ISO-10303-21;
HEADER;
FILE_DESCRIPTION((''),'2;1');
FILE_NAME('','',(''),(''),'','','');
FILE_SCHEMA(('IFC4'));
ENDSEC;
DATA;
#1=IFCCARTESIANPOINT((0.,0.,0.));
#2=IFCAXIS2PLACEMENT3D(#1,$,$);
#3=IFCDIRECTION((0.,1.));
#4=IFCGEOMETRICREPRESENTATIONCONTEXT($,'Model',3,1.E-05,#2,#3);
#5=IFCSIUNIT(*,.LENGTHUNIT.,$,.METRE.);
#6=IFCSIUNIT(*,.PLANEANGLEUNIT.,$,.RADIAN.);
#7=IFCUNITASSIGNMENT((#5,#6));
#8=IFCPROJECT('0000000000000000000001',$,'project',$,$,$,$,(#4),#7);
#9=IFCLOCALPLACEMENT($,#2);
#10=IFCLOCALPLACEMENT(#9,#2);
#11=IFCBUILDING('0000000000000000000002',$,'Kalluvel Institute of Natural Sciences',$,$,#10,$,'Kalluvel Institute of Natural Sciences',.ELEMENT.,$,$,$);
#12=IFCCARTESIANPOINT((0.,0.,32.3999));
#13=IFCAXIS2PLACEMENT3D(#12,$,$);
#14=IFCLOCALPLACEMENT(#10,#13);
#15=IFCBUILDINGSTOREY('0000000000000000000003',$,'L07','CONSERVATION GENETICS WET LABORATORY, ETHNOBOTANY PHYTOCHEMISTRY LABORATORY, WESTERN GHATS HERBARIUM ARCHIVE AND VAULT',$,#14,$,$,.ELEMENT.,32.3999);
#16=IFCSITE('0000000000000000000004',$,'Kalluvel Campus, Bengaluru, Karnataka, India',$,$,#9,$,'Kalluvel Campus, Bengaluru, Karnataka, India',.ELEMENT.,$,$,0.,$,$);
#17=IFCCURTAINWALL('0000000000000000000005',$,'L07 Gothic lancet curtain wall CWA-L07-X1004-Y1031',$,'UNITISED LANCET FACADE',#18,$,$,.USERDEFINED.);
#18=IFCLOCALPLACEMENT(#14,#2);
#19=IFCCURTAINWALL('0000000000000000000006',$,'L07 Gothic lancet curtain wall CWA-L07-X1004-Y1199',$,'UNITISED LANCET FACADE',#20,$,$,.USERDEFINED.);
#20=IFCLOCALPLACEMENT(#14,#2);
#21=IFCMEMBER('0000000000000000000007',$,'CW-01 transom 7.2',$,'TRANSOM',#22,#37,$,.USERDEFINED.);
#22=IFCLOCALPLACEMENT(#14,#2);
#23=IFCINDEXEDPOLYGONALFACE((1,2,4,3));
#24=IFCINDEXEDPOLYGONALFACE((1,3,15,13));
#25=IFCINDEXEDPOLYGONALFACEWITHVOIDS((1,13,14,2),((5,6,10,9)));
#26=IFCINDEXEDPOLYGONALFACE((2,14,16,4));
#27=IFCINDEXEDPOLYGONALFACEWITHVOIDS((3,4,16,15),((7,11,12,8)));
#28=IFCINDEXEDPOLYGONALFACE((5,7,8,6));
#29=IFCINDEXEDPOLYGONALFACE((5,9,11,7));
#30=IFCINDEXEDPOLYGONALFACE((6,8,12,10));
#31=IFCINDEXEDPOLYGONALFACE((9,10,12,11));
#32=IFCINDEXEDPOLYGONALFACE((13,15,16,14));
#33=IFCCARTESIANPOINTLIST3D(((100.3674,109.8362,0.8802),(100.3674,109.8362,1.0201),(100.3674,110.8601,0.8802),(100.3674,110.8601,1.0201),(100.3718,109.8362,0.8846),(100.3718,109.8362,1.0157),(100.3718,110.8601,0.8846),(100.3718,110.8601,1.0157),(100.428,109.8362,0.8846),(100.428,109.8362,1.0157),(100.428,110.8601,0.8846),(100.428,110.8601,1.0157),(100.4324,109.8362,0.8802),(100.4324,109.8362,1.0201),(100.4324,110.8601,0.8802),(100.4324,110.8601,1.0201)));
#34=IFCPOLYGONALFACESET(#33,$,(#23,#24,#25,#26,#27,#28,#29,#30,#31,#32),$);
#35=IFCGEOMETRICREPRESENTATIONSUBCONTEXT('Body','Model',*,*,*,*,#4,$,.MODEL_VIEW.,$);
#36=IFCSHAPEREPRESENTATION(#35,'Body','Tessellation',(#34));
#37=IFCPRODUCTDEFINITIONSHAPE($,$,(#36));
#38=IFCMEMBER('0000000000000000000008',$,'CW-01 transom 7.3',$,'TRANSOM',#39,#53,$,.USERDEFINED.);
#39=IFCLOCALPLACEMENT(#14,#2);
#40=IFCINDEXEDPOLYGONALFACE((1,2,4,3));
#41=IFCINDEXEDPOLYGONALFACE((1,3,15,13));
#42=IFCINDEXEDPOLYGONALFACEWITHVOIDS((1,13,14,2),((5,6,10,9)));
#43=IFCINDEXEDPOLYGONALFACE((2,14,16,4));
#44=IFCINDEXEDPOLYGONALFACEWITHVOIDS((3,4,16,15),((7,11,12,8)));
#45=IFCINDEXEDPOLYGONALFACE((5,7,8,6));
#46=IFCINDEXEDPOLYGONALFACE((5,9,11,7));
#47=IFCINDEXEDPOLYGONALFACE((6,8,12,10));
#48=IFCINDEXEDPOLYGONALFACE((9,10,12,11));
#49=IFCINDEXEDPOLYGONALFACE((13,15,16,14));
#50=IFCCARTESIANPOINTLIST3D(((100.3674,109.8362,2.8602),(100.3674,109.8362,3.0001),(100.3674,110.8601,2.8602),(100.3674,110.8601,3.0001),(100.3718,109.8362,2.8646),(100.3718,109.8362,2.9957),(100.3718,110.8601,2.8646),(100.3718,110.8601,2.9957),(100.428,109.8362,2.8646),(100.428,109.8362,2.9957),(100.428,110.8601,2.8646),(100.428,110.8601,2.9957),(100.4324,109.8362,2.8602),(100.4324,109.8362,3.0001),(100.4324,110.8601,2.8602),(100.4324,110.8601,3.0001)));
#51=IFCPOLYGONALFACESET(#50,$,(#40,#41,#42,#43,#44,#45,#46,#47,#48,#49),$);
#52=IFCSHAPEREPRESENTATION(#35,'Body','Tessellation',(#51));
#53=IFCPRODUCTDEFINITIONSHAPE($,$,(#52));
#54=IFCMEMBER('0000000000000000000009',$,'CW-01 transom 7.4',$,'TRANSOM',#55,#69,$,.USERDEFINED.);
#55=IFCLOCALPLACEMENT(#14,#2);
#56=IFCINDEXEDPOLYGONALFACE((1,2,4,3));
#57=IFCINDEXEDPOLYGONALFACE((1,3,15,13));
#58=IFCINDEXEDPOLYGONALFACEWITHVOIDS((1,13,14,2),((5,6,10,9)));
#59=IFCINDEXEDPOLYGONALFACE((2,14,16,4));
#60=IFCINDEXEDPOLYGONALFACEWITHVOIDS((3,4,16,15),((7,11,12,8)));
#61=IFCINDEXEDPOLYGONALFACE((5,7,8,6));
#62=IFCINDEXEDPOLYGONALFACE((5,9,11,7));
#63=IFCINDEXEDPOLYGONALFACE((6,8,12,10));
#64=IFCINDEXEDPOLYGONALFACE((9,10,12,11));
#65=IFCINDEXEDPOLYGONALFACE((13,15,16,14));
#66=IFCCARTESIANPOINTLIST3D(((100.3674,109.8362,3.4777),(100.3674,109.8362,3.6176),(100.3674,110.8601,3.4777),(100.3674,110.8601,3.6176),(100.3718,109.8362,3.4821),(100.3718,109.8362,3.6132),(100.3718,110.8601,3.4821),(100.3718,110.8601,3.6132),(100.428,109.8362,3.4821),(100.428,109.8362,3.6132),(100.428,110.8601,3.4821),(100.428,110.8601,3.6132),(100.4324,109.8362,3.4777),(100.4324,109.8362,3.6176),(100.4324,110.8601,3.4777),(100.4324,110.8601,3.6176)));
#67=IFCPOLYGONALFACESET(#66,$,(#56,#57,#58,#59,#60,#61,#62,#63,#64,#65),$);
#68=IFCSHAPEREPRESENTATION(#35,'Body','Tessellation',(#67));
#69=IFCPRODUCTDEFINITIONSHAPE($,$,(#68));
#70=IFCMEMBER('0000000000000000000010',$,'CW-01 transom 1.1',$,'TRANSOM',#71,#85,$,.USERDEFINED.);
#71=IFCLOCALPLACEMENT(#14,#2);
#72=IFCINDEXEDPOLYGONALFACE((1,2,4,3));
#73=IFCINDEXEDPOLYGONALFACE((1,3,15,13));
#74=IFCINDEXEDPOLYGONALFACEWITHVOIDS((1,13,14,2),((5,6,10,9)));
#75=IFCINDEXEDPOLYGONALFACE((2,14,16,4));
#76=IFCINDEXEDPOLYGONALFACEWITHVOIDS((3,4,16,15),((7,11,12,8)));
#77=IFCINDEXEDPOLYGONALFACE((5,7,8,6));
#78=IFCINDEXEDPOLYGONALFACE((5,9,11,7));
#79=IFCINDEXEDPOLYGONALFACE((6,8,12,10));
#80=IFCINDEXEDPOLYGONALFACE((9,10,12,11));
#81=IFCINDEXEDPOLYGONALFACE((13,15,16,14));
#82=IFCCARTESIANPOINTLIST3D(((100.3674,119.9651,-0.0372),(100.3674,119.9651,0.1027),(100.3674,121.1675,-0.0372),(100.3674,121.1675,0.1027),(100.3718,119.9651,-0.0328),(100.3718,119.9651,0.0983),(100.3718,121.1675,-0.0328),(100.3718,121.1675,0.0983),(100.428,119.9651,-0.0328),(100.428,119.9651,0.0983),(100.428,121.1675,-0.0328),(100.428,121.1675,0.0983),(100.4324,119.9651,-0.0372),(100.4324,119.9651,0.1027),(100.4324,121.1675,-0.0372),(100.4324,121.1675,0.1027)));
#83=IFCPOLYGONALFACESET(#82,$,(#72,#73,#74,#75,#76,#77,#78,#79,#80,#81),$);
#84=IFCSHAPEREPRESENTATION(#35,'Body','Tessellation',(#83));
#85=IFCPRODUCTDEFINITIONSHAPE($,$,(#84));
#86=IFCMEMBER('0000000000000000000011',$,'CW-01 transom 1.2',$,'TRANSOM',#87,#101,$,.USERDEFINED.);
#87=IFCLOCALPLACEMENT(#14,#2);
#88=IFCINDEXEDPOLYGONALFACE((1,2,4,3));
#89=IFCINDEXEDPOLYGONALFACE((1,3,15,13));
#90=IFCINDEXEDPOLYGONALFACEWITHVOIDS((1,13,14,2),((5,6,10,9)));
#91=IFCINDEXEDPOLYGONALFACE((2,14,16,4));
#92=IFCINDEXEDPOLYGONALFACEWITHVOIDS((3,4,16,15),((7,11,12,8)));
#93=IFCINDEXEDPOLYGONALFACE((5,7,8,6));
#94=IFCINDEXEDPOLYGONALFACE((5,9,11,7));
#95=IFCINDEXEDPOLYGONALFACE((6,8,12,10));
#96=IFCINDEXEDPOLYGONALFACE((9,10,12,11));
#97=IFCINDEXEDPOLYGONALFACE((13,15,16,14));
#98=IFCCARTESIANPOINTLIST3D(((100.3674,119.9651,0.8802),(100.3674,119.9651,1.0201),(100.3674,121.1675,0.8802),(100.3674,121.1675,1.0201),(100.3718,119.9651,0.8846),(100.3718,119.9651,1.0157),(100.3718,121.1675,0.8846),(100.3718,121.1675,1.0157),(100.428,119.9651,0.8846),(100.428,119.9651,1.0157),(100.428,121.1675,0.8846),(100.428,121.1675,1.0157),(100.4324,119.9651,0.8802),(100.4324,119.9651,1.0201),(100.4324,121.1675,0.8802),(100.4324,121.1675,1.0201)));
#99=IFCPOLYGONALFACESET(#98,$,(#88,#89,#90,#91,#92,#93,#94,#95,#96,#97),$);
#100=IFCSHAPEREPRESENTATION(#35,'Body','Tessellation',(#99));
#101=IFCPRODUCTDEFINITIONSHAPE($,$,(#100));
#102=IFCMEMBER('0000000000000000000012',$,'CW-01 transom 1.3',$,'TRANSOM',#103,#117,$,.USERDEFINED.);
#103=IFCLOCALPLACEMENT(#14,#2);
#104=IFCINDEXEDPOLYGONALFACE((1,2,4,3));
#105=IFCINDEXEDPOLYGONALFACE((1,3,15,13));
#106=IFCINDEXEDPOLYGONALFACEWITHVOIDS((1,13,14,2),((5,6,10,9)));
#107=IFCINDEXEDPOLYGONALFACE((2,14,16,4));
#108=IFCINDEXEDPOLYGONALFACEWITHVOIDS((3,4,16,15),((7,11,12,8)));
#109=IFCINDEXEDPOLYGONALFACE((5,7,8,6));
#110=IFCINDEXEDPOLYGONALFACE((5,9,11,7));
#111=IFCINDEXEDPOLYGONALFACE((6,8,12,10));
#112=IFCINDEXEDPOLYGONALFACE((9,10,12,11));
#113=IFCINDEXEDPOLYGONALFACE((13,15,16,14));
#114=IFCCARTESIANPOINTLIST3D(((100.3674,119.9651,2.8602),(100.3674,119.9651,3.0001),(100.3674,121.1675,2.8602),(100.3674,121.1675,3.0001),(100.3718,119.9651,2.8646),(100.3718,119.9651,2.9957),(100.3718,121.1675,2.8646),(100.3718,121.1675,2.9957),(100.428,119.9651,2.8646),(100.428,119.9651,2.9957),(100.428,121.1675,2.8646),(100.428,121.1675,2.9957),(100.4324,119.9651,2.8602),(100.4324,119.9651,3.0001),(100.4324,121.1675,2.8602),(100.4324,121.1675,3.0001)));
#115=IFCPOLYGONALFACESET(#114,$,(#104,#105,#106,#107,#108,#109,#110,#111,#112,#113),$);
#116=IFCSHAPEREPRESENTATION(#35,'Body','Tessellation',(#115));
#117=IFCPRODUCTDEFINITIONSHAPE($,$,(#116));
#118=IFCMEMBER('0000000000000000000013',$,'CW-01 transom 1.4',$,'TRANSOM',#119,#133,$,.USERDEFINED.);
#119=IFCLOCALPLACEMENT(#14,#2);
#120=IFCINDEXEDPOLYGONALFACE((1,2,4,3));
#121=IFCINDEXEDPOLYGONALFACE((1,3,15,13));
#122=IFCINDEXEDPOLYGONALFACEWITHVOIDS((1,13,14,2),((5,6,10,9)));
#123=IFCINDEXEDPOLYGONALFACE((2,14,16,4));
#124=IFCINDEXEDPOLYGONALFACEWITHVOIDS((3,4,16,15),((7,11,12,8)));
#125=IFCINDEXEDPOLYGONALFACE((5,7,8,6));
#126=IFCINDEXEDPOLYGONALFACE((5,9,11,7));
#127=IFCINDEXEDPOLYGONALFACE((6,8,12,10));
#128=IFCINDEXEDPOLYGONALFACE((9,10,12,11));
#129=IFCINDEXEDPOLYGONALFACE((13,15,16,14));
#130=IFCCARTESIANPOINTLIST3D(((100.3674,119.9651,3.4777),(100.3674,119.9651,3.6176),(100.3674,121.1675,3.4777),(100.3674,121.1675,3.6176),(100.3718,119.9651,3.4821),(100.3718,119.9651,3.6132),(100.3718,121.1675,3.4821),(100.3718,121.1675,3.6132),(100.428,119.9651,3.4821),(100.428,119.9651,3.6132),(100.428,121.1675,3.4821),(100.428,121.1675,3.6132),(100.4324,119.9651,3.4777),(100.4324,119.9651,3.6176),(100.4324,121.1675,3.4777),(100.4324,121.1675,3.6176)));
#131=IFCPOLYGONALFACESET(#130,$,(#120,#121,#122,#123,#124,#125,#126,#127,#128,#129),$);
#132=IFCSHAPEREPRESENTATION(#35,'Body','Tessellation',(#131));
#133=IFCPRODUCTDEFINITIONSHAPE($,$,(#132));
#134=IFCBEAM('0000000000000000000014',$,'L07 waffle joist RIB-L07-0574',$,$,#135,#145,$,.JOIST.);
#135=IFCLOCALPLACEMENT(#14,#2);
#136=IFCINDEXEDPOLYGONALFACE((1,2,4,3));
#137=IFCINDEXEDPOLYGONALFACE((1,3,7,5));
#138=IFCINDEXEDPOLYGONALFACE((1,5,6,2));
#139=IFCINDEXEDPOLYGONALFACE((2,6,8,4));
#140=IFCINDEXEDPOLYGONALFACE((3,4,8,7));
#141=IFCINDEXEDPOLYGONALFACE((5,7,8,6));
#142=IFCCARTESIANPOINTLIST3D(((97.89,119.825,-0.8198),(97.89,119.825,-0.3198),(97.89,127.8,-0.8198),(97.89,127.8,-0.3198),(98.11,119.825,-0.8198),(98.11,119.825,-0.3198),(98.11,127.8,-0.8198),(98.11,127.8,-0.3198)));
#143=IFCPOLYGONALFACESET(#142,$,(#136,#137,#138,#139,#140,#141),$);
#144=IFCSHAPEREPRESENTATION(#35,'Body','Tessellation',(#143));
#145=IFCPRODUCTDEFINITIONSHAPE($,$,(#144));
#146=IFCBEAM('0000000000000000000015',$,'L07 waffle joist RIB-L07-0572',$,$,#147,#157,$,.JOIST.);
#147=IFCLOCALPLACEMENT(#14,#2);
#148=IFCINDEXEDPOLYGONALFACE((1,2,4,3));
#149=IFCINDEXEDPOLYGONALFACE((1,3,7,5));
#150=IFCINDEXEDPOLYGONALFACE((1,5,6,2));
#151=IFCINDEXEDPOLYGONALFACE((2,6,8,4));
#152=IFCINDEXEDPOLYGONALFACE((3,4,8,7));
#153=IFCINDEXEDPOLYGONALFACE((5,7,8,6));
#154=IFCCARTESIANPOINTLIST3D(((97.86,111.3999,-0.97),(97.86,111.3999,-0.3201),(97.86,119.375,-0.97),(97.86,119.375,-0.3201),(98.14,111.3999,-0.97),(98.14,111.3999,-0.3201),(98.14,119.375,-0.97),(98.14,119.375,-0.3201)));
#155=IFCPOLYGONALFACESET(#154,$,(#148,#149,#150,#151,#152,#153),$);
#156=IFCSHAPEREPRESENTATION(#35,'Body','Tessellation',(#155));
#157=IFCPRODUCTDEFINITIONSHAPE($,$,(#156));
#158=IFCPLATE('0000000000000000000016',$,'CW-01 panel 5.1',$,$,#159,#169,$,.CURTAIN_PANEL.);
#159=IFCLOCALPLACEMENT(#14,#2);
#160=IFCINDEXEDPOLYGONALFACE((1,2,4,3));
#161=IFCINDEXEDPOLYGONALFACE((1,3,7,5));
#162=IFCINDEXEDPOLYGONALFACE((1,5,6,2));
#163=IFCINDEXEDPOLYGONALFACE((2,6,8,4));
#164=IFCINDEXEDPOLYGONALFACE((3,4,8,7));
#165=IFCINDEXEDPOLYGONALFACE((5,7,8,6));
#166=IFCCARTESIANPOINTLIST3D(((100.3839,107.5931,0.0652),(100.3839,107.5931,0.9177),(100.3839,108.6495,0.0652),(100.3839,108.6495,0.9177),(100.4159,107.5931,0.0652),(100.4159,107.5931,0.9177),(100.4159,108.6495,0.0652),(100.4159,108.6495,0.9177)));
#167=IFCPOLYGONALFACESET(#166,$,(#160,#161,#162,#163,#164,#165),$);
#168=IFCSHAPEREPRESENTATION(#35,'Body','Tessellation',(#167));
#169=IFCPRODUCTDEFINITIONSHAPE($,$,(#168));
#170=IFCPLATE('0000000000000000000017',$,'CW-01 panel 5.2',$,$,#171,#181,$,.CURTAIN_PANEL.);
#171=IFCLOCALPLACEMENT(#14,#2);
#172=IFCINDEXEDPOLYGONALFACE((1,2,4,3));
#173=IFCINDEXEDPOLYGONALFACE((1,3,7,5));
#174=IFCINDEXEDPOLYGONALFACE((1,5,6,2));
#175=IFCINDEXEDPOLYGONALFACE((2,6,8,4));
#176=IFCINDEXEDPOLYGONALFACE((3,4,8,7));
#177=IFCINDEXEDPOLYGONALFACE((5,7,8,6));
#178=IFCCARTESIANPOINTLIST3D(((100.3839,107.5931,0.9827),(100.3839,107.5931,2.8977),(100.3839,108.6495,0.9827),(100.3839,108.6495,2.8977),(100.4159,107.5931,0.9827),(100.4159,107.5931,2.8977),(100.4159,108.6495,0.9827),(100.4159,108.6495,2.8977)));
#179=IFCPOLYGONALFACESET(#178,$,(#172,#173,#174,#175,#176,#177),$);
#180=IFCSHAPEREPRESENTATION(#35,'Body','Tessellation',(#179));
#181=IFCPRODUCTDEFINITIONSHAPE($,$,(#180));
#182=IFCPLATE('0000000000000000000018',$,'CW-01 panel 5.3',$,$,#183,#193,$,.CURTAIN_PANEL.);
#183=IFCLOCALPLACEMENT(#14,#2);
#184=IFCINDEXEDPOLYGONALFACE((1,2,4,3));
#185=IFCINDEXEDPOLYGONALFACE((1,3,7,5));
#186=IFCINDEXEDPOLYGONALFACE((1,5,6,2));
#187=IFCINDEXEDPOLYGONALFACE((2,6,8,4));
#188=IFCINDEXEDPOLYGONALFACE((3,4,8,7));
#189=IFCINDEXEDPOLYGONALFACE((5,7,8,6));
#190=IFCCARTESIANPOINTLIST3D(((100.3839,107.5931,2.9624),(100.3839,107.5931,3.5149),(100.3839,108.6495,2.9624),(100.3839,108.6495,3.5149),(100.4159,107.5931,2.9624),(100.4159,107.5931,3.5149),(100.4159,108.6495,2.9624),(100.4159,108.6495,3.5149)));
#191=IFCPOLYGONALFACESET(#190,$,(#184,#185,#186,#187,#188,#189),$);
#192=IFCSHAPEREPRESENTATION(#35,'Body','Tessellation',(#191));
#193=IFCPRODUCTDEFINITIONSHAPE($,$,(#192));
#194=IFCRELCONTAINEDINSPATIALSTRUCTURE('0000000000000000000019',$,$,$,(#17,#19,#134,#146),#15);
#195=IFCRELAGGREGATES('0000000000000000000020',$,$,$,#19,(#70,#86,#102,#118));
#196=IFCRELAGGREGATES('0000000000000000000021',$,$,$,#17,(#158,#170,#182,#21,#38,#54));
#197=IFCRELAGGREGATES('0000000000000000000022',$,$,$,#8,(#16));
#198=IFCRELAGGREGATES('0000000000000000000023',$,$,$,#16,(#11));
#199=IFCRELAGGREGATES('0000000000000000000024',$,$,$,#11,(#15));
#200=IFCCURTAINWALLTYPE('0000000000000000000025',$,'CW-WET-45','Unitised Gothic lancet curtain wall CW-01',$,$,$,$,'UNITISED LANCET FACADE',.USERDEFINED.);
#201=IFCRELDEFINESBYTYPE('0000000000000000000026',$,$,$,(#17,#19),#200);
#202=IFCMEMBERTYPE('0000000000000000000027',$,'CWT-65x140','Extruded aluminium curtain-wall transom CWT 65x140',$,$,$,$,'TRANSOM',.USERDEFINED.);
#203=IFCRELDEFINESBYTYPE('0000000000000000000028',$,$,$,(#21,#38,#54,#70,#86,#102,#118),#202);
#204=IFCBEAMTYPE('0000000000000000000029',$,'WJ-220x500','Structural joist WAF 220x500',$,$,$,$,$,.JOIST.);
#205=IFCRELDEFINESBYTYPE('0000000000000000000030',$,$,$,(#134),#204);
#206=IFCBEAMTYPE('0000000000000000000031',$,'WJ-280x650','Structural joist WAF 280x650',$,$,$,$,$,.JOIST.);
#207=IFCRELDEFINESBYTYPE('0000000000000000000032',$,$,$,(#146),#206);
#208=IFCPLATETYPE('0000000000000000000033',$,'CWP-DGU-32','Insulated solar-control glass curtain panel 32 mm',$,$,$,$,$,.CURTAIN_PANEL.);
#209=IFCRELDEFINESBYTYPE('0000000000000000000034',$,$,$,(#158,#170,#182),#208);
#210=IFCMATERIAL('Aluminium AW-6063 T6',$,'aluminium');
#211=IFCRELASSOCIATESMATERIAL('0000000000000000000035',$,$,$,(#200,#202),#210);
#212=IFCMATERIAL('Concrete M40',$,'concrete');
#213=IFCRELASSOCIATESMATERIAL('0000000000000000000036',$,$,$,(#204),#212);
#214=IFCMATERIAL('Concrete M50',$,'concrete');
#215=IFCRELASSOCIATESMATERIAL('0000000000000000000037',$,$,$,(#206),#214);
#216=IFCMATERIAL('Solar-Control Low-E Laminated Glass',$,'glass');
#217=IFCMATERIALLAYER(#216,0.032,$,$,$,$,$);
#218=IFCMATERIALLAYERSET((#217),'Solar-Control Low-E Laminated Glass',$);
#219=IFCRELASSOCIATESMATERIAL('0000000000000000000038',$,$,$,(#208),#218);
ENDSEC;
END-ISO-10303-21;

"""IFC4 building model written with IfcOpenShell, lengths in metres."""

from ifc_helpers import new_model, si_unit, direction, frame, origin, origin_2d, place, context, subcontext, project, spatial, rectangle, hollow_rectangle, extrude, material, layer, layer_set, material_profile, profile_set, type_object, element, aggregate, save


model = new_model("IFC4")

# Units and contexts
model_context = context("Model", 3, precision=1e-05, world=origin(), true_north=direction((0.0, 1.0)))
body_context = subcontext(model_context, "Body", "Model", "MODEL_VIEW")
ifc_project = project(units=[si_unit("LENGTHUNIT", "METRE"), si_unit("PLANEANGLEUNIT", "RADIAN")], contexts=[model_context])

# Site, building, storey
site_placement = place(None, origin())
site = spatial("IfcSite", under=ifc_project, at=site_placement, Name="Kalluvel Campus, Bengaluru, Karnataka, India", LongName="Kalluvel Campus, Bengaluru, Karnataka, India", CompositionType="ELEMENT", RefElevation=0.0)
building_placement = place(site_placement, origin())
building = spatial("IfcBuilding", under=site, at=building_placement, Name="Kalluvel Institute of Natural Sciences", LongName="Kalluvel Institute of Natural Sciences", CompositionType="ELEMENT")
storey_placement = place(building_placement, frame((0.0, 0.0, 32.3999)))
storey = spatial("IfcBuildingStorey", under=building, at=storey_placement, Name="L07", Description="CONSERVATION GENETICS WET LABORATORY, ETHNOBOTANY PHYTOCHEMISTRY LABORATORY, WESTERN GHATS HERBARIUM ARCHIVE AND VAULT", CompositionType="ELEMENT", Elevation=32.3999)

# Shared definitions
ifc_material_1 = material(Name="Concrete M40", Category="concrete")

# Curtain wall
ifc_material_2 = material(Name="Aluminium AW-6063 T6", Category="aluminium")
curtain_wall_type = type_object("IfcCurtainWallType", Name="CW-WET-45", Description="Unitised Gothic lancet curtain wall CW-01", ElementType="UNITISED LANCET FACADE", PredefinedType="USERDEFINED", material=ifc_material_2)
curtain_wall_1_placement = place(storey_placement, origin())
curtain_wall_1 = element("IfcCurtainWall", 1, at=curtain_wall_1_placement, inside=storey, type_object=curtain_wall_type, Name="L07 Gothic lancet curtain wall CWA-L07-X1004-Y1031", ObjectType="UNITISED LANCET FACADE", PredefinedType="USERDEFINED")

# Curtain wall
curtain_wall_2_placement = place(storey_placement, origin())
curtain_wall_2 = element("IfcCurtainWall", 2, at=curtain_wall_2_placement, inside=storey, type_object=curtain_wall_type, Name="L07 Gothic lancet curtain wall CWA-L07-X1004-Y1199", ObjectType="UNITISED LANCET FACADE", PredefinedType="USERDEFINED")

# Members
ifc_material_profile_1 = material_profile(ifc_material_2, hollow_rectangle(XDim=0.0649, YDim=0.1399, WallThickness=0.0044, at=origin_2d()), Name="CWT 65x140")
ifc_profile_set_1 = profile_set([ifc_material_profile_1], Name="Aluminium AW-6063 T6")
member_type_1 = type_object("IfcMemberType", Name="CWT-65x140", Description="Extruded aluminium curtain-wall transom CWT 65x140", ElementType="TRANSOM", PredefinedType="USERDEFINED", material=ifc_profile_set_1)
member_1_placement = place(storey_placement, frame((100.3999, 109.8362, 0.9502), z_axis=(0.0, 1.0, 0.0), x_axis=(-1.0, 0.0, 0.0)))
member_1 = element("IfcMember", 3, at=member_1_placement, type_object=member_type_1, Name="CW-01 transom 7.2", ObjectType="TRANSOM", PredefinedType="USERDEFINED", context=body_context, shape_type="SweptSolid", body=[
    extrude(hollow_rectangle(XDim=0.0649, YDim=0.1399, WallThickness=0.0044, at=origin_2d()), origin(), (0.0, 0.0, 1.0), 1.0239),
])
member_2_placement = place(storey_placement, frame((100.3999, 109.8362, 2.9302), z_axis=(0.0, 1.0, 0.0), x_axis=(-1.0, 0.0, 0.0)))
member_2 = element("IfcMember", 4, at=member_2_placement, type_object=member_type_1, Name="CW-01 transom 7.3", ObjectType="TRANSOM", PredefinedType="USERDEFINED", context=body_context, shape_type="SweptSolid", body=[
    extrude(hollow_rectangle(XDim=0.0649, YDim=0.1399, WallThickness=0.0044, at=origin_2d()), origin(), (0.0, 0.0, 1.0), 1.0239),
])
member_3_placement = place(storey_placement, frame((100.3999, 109.8362, 3.5476), z_axis=(0.0, 1.0, 0.0), x_axis=(-1.0, 0.0, 0.0)))
member_3 = element("IfcMember", 5, at=member_3_placement, type_object=member_type_1, Name="CW-01 transom 7.4", ObjectType="TRANSOM", PredefinedType="USERDEFINED", context=body_context, shape_type="SweptSolid", body=[
    extrude(hollow_rectangle(XDim=0.0649, YDim=0.1399, WallThickness=0.0044, at=origin_2d()), origin(), (0.0, 0.0, 1.0), 1.0239),
])
member_4_placement = place(storey_placement, frame((100.3999, 119.9651, 0.0327), z_axis=(0.0, 1.0, 0.0), x_axis=(-1.0, 0.0, 0.0)))
member_4 = element("IfcMember", 6, at=member_4_placement, type_object=member_type_1, Name="CW-01 transom 1.1", ObjectType="TRANSOM", PredefinedType="USERDEFINED", context=body_context, shape_type="SweptSolid", body=[
    extrude(hollow_rectangle(XDim=0.0649, YDim=0.1399, WallThickness=0.0044, at=origin_2d()), origin(), (0.0, 0.0, 1.0), 1.2024),
])
member_5_placement = place(storey_placement, frame((100.3999, 119.9651, 0.9502), z_axis=(0.0, 1.0, 0.0), x_axis=(-1.0, 0.0, 0.0)))
member_5 = element("IfcMember", 7, at=member_5_placement, type_object=member_type_1, Name="CW-01 transom 1.2", ObjectType="TRANSOM", PredefinedType="USERDEFINED", context=body_context, shape_type="SweptSolid", body=[
    extrude(hollow_rectangle(XDim=0.0649, YDim=0.1399, WallThickness=0.0044, at=origin_2d()), origin(), (0.0, 0.0, 1.0), 1.2024),
])
member_6_placement = place(storey_placement, frame((100.3999, 119.9651, 2.9302), z_axis=(0.0, 1.0, 0.0), x_axis=(-1.0, 0.0, 0.0)))
member_6 = element("IfcMember", 8, at=member_6_placement, type_object=member_type_1, Name="CW-01 transom 1.3", ObjectType="TRANSOM", PredefinedType="USERDEFINED", context=body_context, shape_type="SweptSolid", body=[
    extrude(hollow_rectangle(XDim=0.0649, YDim=0.1399, WallThickness=0.0044, at=origin_2d()), origin(), (0.0, 0.0, 1.0), 1.2024),
])
member_7_placement = place(storey_placement, frame((100.3999, 119.9651, 3.5476), z_axis=(0.0, 1.0, 0.0), x_axis=(-1.0, 0.0, 0.0)))
member_7 = element("IfcMember", 9, at=member_7_placement, type_object=member_type_1, Name="CW-01 transom 1.4", ObjectType="TRANSOM", PredefinedType="USERDEFINED", context=body_context, shape_type="SweptSolid", body=[
    extrude(hollow_rectangle(XDim=0.0649, YDim=0.1399, WallThickness=0.0044, at=origin_2d()), origin(), (0.0, 0.0, 1.0), 1.2024),
])
aggregate(curtain_wall_2, [member_4, member_5, member_6, member_7])

# Beams
ifc_material_profile_2 = material_profile(ifc_material_1, rectangle(XDim=0.22, YDim=0.5, at=origin_2d()), Name="WAF 220x500")
ifc_profile_set_2 = profile_set([ifc_material_profile_2], Name="Concrete M40")
beam_type_1 = type_object("IfcBeamType", Name="WJ-220x500", Description="Structural joist WAF 220x500", PredefinedType="JOIST", material=ifc_profile_set_2)
beam_1_placement = place(storey_placement, frame((98.0, 119.825, -0.5698), z_axis=(0.0, 1.0, 0.0), x_axis=(-1.0, 0.0, 0.0)))
element("IfcBeam", 10, at=beam_1_placement, inside=storey, type_object=beam_type_1, Name="L07 waffle joist RIB-L07-0574", PredefinedType="JOIST", context=body_context, shape_type="SweptSolid", body=[
    extrude(rectangle(XDim=0.22, YDim=0.5, at=origin_2d()), origin(), (0.0, 0.0, 1.0), 7.9751),
])
ifc_material_3 = material(Name="Concrete M50", Category="concrete")
ifc_material_profile_3 = material_profile(ifc_material_3, rectangle(XDim=0.28, YDim=0.6499, at=origin_2d()), Name="WAF 280x650")
ifc_profile_set_3 = profile_set([ifc_material_profile_3], Name="Concrete M50")
beam_type_2 = type_object("IfcBeamType", Name="WJ-280x650", Description="Structural joist WAF 280x650", PredefinedType="JOIST", material=ifc_profile_set_3)
beam_2_placement = place(storey_placement, frame((98.0, 111.3999, -0.645), z_axis=(0.0, 1.0, 0.0), x_axis=(-1.0, 0.0, 0.0)))
element("IfcBeam", 11, at=beam_2_placement, inside=storey, type_object=beam_type_2, Name="L07 waffle joist RIB-L07-0572", PredefinedType="JOIST", context=body_context, shape_type="SweptSolid", body=[
    extrude(rectangle(XDim=0.28, YDim=0.6499, at=origin_2d()), origin(), (0.0, 0.0, 1.0), 7.9751),
])

# Plates
ifc_material_4 = material(Name="Solar-Control Low-E Laminated Glass", Category="glass")
ifc_layer_1 = layer(ifc_material_4, 0.032)
ifc_layer_set_1 = layer_set([ifc_layer_1], Name="Solar-Control Low-E Laminated Glass")
plate_type = type_object("IfcPlateType", Name="CWP-DGU-32", Description="Insulated solar-control glass curtain panel 32 mm", PredefinedType="CURTAIN_PANEL", material=ifc_layer_set_1)
plate_1_placement = place(storey_placement, frame((100.3999, 108.1213, 0.0652), z_axis=(0.0, 0.0, 1.0), x_axis=(0.0, 1.0, 0.0)))
plate_1 = element("IfcPlate", 12, at=plate_1_placement, type_object=plate_type, Name="CW-01 panel 5.1", PredefinedType="CURTAIN_PANEL", context=body_context, shape_type="SweptSolid", body=[
    extrude(rectangle(XDim=1.0564, YDim=0.032, at=origin_2d()), origin(), (0.0, 0.0, 1.0), 0.8525),
])
plate_2_placement = place(storey_placement, frame((100.3999, 108.1213, 0.9827), z_axis=(0.0, 0.0, 1.0), x_axis=(0.0, 1.0, 0.0)))
plate_2 = element("IfcPlate", 13, at=plate_2_placement, type_object=plate_type, Name="CW-01 panel 5.2", PredefinedType="CURTAIN_PANEL", context=body_context, shape_type="SweptSolid", body=[
    extrude(rectangle(XDim=1.0564, YDim=0.032, at=origin_2d()), origin(), (0.0, 0.0, 1.0), 1.915),
])
plate_3_placement = place(storey_placement, frame((100.3999, 108.1213, 2.9624), z_axis=(0.0, 0.0, 1.0), x_axis=(0.0, 1.0, 0.0)))
plate_3 = element("IfcPlate", 14, at=plate_3_placement, type_object=plate_type, Name="CW-01 panel 5.3", PredefinedType="CURTAIN_PANEL", context=body_context, shape_type="SweptSolid", body=[
    extrude(rectangle(XDim=1.0564, YDim=0.032, at=origin_2d()), origin(), (0.0, 0.0, 1.0), 0.5525),
])
aggregate(curtain_wall_1, [plate_1, plate_2, plate_3, member_1, member_2, member_3])

save(model, "model.ifc")
